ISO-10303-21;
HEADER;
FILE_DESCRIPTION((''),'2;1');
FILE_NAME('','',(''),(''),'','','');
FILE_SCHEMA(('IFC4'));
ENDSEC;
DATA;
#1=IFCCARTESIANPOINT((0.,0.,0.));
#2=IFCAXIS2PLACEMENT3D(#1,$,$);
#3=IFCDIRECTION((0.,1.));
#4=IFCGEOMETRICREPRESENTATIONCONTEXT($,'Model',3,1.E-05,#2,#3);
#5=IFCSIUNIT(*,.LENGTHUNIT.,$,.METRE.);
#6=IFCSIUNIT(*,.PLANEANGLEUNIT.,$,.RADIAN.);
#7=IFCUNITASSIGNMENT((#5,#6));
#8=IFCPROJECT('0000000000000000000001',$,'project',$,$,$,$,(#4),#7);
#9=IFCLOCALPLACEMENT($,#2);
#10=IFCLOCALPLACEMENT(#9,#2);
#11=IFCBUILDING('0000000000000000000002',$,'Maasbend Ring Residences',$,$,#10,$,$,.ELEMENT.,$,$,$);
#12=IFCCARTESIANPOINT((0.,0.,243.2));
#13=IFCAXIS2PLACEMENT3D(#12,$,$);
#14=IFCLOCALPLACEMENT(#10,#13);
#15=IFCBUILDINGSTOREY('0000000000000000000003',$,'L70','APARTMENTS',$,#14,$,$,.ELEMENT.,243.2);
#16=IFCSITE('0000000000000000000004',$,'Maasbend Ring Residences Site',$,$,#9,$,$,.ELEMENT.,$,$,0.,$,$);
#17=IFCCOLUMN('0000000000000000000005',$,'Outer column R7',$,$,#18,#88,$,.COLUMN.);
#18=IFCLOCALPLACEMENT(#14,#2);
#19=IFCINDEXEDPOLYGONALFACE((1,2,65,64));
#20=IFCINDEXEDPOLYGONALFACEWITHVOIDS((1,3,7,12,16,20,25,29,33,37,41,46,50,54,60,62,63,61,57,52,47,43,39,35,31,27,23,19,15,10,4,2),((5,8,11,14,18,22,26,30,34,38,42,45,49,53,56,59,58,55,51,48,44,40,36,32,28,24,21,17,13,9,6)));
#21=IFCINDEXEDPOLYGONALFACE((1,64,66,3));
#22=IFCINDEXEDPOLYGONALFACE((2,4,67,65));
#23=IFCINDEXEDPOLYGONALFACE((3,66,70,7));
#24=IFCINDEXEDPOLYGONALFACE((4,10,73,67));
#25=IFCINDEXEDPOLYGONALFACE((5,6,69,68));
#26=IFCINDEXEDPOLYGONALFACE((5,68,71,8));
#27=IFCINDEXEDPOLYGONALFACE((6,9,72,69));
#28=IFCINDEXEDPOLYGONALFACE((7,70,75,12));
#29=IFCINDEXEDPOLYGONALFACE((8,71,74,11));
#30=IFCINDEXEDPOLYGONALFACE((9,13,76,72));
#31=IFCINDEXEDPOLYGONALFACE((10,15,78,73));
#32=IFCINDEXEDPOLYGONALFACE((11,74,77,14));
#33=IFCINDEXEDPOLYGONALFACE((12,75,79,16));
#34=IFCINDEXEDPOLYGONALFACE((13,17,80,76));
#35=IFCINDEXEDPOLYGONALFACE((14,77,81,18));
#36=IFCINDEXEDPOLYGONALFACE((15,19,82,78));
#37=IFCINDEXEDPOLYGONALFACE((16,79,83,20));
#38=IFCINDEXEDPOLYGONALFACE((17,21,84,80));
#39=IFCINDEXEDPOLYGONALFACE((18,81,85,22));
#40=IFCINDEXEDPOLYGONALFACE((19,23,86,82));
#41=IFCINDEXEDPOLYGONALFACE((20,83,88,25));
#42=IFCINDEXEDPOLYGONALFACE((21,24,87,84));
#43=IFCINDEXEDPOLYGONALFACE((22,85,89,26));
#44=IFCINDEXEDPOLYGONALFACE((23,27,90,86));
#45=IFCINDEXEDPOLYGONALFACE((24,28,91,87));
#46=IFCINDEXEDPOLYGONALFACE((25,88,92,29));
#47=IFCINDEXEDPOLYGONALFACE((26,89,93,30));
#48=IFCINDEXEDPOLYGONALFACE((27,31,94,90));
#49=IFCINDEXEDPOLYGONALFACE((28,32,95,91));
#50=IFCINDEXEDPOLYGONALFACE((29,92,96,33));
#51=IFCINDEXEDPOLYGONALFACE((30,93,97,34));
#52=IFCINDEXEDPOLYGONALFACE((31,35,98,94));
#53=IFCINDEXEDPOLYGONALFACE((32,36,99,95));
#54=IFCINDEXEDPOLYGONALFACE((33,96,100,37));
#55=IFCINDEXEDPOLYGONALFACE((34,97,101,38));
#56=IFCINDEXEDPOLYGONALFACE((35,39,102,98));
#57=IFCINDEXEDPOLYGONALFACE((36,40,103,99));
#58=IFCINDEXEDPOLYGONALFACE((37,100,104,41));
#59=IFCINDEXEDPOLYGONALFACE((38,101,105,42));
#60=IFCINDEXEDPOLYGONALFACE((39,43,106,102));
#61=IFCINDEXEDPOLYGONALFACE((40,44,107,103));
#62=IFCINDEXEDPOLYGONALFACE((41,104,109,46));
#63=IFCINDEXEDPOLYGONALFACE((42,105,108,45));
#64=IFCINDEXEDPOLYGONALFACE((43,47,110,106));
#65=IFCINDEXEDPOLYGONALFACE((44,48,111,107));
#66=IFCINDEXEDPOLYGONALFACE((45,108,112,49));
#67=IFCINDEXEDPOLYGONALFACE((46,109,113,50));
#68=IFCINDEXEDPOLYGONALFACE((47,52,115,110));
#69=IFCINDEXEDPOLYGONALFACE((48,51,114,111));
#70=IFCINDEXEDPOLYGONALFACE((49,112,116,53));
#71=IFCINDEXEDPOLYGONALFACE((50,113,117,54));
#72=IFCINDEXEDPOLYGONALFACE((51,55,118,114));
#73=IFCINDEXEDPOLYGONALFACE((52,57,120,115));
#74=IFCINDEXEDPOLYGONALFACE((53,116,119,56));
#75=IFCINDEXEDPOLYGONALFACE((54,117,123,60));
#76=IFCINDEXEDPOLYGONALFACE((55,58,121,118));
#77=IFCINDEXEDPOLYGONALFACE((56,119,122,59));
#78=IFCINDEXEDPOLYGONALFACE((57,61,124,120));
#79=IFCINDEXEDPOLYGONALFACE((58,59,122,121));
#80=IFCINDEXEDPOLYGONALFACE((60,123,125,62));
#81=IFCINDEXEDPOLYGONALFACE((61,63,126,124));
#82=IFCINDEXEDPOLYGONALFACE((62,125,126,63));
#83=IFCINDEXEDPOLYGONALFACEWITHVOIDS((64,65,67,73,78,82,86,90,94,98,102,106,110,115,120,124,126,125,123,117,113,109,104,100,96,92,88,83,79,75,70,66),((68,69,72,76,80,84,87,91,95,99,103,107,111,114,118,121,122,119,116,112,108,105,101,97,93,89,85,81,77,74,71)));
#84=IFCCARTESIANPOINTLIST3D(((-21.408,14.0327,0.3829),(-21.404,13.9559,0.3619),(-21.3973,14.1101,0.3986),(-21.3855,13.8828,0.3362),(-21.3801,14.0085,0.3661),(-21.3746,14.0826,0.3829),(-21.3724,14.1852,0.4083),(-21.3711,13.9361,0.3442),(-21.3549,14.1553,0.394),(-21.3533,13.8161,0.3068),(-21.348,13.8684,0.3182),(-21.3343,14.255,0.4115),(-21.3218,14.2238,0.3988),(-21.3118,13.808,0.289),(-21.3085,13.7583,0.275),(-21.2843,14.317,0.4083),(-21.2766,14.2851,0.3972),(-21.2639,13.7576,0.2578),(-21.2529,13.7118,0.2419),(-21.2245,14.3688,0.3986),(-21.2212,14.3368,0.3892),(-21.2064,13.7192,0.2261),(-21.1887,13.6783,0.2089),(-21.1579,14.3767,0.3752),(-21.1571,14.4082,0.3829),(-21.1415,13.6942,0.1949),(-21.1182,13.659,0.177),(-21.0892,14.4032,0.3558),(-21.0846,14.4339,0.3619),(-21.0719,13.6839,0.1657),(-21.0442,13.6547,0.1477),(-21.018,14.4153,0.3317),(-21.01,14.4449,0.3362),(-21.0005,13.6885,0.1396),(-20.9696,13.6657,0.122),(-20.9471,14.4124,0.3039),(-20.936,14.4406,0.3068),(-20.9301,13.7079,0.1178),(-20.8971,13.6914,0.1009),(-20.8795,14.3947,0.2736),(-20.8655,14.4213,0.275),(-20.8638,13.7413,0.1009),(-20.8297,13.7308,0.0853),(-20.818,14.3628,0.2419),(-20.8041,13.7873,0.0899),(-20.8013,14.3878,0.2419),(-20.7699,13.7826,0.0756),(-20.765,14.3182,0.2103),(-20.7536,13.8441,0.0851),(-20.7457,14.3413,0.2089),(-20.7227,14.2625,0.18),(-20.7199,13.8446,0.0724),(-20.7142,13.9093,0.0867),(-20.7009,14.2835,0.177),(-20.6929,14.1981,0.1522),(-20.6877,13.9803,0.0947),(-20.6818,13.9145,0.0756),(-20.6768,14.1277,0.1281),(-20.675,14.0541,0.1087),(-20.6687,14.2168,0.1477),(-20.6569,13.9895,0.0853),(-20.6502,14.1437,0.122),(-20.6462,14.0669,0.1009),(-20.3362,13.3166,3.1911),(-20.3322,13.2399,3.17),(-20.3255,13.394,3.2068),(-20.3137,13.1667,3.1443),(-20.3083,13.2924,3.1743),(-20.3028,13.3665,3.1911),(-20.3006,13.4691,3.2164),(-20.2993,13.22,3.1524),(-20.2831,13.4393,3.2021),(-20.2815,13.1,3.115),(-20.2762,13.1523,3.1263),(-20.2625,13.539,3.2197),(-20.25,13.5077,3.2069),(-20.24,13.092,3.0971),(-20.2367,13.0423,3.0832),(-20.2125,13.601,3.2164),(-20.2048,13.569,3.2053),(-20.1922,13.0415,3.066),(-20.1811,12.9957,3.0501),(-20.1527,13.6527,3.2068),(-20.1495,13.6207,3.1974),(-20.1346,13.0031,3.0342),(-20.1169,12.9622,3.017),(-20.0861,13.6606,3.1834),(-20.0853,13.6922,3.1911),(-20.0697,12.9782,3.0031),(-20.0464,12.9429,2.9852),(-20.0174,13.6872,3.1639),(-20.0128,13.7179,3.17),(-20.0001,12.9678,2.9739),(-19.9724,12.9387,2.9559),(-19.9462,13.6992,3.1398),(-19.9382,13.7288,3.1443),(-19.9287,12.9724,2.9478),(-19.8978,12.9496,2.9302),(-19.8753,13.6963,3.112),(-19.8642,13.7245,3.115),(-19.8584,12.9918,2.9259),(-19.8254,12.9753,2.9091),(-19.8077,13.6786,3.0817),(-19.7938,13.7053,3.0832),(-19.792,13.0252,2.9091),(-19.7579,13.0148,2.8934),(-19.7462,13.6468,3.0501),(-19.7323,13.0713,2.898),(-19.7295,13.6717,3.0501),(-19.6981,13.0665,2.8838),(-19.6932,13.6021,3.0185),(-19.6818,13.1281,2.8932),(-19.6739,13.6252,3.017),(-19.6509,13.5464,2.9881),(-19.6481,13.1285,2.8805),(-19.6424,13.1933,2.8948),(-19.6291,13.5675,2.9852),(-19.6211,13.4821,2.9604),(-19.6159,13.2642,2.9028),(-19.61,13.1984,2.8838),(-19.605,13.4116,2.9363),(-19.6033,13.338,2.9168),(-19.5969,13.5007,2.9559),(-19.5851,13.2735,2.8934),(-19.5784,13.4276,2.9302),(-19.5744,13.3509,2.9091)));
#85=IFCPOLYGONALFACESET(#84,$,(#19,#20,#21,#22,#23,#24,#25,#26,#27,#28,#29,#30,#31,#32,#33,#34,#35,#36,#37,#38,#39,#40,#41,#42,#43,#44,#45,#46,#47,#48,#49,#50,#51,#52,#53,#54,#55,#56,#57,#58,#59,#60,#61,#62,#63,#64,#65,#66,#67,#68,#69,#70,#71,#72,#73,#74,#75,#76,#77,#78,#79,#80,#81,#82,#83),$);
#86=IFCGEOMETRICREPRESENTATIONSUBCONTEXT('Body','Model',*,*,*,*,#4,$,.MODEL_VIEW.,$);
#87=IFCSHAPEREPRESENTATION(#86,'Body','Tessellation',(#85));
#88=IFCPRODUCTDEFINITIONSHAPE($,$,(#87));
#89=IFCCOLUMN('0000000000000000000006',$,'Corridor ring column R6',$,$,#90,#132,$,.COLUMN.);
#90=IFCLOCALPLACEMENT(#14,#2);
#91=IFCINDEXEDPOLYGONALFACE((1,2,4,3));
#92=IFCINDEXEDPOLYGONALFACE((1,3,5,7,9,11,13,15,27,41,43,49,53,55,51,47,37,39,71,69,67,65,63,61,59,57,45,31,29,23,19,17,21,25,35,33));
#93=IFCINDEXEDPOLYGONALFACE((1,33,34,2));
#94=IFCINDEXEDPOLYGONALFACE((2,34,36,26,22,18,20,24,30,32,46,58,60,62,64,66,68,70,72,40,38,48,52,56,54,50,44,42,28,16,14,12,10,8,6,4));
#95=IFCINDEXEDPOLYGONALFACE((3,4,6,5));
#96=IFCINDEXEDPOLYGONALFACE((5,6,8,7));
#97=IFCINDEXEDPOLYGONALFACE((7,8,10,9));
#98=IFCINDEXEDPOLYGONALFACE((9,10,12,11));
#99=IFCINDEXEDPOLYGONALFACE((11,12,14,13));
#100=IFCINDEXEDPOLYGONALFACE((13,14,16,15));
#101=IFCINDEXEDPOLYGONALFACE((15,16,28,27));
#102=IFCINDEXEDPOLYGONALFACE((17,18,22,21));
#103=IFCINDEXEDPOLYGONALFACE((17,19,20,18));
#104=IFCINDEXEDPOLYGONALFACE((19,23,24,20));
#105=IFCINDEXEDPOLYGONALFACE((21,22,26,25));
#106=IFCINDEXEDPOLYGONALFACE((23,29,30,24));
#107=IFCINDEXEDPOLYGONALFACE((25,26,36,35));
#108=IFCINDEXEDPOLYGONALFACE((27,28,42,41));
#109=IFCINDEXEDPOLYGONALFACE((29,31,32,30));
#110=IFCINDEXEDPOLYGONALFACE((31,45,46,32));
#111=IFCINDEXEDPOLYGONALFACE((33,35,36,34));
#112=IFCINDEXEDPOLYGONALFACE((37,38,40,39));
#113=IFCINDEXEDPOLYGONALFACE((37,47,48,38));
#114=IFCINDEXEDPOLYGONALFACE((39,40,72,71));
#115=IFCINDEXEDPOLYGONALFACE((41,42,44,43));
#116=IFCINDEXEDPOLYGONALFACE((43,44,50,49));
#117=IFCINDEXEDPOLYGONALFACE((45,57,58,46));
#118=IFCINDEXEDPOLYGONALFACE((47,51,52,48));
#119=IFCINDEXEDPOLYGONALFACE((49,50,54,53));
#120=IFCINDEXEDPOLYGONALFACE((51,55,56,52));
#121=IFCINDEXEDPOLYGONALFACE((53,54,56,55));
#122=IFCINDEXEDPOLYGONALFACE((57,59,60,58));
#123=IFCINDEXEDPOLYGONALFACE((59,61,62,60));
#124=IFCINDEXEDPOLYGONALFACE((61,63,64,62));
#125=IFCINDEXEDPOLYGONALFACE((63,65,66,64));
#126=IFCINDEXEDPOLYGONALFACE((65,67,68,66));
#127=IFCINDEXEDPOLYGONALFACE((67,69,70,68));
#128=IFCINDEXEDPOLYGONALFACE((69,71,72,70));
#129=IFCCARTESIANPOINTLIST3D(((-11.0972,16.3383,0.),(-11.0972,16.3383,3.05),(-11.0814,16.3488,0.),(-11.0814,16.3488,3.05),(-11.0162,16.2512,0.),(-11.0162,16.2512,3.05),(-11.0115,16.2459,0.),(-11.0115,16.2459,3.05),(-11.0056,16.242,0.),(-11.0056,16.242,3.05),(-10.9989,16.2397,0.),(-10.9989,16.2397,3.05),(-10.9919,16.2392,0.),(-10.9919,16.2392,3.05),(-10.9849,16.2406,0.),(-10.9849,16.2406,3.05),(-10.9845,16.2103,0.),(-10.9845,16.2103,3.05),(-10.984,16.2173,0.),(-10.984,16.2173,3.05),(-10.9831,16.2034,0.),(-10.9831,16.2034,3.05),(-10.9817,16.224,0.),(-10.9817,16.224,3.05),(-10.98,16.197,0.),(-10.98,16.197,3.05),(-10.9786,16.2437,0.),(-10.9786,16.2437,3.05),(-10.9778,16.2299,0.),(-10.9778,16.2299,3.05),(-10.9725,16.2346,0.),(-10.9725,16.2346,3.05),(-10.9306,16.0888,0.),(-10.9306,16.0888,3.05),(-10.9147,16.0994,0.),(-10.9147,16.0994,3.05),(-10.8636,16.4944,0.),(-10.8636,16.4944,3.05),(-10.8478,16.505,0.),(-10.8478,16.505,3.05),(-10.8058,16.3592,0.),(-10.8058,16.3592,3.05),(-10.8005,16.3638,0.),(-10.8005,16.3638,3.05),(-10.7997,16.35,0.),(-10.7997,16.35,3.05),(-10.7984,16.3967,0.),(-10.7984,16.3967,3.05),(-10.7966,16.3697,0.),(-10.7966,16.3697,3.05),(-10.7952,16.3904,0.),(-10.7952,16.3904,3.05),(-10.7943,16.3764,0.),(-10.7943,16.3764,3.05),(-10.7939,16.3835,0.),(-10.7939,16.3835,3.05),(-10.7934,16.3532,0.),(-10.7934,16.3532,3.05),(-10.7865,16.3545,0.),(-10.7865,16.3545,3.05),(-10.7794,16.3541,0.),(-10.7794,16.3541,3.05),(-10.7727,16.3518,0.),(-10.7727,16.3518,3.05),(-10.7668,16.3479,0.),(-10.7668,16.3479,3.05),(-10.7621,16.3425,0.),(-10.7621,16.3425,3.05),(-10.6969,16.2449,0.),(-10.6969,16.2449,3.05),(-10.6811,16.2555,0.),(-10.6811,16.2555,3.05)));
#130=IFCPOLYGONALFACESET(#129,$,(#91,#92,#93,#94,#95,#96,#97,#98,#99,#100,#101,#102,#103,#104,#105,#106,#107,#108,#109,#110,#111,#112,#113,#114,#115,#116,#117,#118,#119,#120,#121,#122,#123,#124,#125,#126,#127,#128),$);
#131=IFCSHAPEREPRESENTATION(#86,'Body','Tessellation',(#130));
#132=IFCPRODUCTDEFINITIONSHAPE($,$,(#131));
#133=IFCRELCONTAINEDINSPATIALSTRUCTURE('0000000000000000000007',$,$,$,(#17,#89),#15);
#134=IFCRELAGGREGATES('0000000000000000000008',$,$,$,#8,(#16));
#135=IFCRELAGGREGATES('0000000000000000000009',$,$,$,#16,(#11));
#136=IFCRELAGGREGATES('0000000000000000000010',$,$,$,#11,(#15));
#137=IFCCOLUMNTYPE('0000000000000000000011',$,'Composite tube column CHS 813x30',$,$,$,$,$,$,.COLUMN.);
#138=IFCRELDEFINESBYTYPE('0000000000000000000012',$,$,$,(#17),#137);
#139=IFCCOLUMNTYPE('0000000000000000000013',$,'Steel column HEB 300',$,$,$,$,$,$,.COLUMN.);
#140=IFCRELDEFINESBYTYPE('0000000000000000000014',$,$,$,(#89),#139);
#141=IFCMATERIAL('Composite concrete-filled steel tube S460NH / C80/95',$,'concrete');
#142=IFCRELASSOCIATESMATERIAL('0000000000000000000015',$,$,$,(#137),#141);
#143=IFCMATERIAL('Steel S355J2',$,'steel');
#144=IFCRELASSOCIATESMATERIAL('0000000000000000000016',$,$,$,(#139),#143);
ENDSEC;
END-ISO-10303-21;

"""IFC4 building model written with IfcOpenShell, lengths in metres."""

from ifc_helpers import new_model, si_unit, direction, frame, origin, origin_2d, place, context, subcontext, project, spatial, hollow_circle, i_section, extrude, material, material_profile, profile_set, type_object, element, save


model = new_model("IFC4")

# Units and contexts
model_context = context("Model", 3, precision=1e-05, world=origin(), true_north=direction((0.0, 1.0)))
body_context = subcontext(model_context, "Body", "Model", "MODEL_VIEW")
ifc_project = project(units=[si_unit("LENGTHUNIT", "METRE"), si_unit("PLANEANGLEUNIT", "RADIAN")], contexts=[model_context])

# Site, building, storey
site_placement = place(None, origin())
site = spatial("IfcSite", under=ifc_project, at=site_placement, Name="Maasbend Ring Residences Site", CompositionType="ELEMENT", RefElevation=0.0)
building_placement = place(site_placement, origin())
building = spatial("IfcBuilding", under=site, at=building_placement, Name="Maasbend Ring Residences", CompositionType="ELEMENT")
storey_placement = place(building_placement, frame((0.0, 0.0, 243.2)))
storey = spatial("IfcBuildingStorey", under=building, at=storey_placement, Name="L70", Description="APARTMENTS", CompositionType="ELEMENT", Elevation=243.2)

# Columns
ifc_material_1 = material(Name="Composite concrete-filled steel tube S460NH / C80/95", Category="concrete")
ifc_material_profile_1 = material_profile(ifc_material_1, hollow_circle(Radius=0.4065, WallThickness=0.03, at=origin_2d()), Name="Composite tube column CHS 813x30")
ifc_profile_set_1 = profile_set([ifc_material_profile_1], Name="Composite concrete-filled steel tube S460NH / C80/95")
column_type_1 = type_object("IfcColumnType", Name="Composite tube column CHS 813x30", PredefinedType="COLUMN", material=ifc_profile_set_1)
column_1_placement = place(storey_placement, frame((-21.0271, 14.0498, 0.2419), z_axis=(0.346875, -0.23175, 0.908829), x_axis=(0.55553, 0.831496, 0.0)))
element("IfcColumn", 1, at=column_1_placement, inside=storey, type_object=column_type_1, Name="Outer column R7", PredefinedType="COLUMN", context=body_context, shape_type="SweptSolid", body=[
    extrude(hollow_circle(Radius=0.4065, WallThickness=0.03, at=origin_2d()), origin(), (0.0, 0.0, 1.0), 3.0898),
])
ifc_material_2 = material(Name="Steel S355J2", Category="steel")
ifc_material_profile_2 = material_profile(ifc_material_2, i_section(OverallWidth=0.3, OverallDepth=0.3, WebThickness=0.011, FlangeThickness=0.019, FilletRadius=0.0271, at=origin_2d()), Name="HEB 300")
ifc_profile_set_2 = profile_set([ifc_material_profile_2], Name="Steel S355J2")
column_type_2 = type_object("IfcColumnType", Name="Steel column HEB 300", PredefinedType="COLUMN", material=ifc_profile_set_2)
column_2_placement = place(storey_placement, frame((-10.8892, 16.2969, 0.0), z_axis=(0.0, 0.0, 1.0), x_axis=(-0.55557, 0.83147, 0.0)))
element("IfcColumn", 2, at=column_2_placement, inside=storey, type_object=column_type_2, Name="Corridor ring column R6", PredefinedType="COLUMN", context=body_context, shape_type="SweptSolid", body=[
    extrude(i_section(OverallWidth=0.3, OverallDepth=0.3, WebThickness=0.011, FlangeThickness=0.019, FilletRadius=0.0271, at=origin_2d()), origin(), (0.0, 0.0, 1.0), 3.05),
])

save(model, "model.ifc")
